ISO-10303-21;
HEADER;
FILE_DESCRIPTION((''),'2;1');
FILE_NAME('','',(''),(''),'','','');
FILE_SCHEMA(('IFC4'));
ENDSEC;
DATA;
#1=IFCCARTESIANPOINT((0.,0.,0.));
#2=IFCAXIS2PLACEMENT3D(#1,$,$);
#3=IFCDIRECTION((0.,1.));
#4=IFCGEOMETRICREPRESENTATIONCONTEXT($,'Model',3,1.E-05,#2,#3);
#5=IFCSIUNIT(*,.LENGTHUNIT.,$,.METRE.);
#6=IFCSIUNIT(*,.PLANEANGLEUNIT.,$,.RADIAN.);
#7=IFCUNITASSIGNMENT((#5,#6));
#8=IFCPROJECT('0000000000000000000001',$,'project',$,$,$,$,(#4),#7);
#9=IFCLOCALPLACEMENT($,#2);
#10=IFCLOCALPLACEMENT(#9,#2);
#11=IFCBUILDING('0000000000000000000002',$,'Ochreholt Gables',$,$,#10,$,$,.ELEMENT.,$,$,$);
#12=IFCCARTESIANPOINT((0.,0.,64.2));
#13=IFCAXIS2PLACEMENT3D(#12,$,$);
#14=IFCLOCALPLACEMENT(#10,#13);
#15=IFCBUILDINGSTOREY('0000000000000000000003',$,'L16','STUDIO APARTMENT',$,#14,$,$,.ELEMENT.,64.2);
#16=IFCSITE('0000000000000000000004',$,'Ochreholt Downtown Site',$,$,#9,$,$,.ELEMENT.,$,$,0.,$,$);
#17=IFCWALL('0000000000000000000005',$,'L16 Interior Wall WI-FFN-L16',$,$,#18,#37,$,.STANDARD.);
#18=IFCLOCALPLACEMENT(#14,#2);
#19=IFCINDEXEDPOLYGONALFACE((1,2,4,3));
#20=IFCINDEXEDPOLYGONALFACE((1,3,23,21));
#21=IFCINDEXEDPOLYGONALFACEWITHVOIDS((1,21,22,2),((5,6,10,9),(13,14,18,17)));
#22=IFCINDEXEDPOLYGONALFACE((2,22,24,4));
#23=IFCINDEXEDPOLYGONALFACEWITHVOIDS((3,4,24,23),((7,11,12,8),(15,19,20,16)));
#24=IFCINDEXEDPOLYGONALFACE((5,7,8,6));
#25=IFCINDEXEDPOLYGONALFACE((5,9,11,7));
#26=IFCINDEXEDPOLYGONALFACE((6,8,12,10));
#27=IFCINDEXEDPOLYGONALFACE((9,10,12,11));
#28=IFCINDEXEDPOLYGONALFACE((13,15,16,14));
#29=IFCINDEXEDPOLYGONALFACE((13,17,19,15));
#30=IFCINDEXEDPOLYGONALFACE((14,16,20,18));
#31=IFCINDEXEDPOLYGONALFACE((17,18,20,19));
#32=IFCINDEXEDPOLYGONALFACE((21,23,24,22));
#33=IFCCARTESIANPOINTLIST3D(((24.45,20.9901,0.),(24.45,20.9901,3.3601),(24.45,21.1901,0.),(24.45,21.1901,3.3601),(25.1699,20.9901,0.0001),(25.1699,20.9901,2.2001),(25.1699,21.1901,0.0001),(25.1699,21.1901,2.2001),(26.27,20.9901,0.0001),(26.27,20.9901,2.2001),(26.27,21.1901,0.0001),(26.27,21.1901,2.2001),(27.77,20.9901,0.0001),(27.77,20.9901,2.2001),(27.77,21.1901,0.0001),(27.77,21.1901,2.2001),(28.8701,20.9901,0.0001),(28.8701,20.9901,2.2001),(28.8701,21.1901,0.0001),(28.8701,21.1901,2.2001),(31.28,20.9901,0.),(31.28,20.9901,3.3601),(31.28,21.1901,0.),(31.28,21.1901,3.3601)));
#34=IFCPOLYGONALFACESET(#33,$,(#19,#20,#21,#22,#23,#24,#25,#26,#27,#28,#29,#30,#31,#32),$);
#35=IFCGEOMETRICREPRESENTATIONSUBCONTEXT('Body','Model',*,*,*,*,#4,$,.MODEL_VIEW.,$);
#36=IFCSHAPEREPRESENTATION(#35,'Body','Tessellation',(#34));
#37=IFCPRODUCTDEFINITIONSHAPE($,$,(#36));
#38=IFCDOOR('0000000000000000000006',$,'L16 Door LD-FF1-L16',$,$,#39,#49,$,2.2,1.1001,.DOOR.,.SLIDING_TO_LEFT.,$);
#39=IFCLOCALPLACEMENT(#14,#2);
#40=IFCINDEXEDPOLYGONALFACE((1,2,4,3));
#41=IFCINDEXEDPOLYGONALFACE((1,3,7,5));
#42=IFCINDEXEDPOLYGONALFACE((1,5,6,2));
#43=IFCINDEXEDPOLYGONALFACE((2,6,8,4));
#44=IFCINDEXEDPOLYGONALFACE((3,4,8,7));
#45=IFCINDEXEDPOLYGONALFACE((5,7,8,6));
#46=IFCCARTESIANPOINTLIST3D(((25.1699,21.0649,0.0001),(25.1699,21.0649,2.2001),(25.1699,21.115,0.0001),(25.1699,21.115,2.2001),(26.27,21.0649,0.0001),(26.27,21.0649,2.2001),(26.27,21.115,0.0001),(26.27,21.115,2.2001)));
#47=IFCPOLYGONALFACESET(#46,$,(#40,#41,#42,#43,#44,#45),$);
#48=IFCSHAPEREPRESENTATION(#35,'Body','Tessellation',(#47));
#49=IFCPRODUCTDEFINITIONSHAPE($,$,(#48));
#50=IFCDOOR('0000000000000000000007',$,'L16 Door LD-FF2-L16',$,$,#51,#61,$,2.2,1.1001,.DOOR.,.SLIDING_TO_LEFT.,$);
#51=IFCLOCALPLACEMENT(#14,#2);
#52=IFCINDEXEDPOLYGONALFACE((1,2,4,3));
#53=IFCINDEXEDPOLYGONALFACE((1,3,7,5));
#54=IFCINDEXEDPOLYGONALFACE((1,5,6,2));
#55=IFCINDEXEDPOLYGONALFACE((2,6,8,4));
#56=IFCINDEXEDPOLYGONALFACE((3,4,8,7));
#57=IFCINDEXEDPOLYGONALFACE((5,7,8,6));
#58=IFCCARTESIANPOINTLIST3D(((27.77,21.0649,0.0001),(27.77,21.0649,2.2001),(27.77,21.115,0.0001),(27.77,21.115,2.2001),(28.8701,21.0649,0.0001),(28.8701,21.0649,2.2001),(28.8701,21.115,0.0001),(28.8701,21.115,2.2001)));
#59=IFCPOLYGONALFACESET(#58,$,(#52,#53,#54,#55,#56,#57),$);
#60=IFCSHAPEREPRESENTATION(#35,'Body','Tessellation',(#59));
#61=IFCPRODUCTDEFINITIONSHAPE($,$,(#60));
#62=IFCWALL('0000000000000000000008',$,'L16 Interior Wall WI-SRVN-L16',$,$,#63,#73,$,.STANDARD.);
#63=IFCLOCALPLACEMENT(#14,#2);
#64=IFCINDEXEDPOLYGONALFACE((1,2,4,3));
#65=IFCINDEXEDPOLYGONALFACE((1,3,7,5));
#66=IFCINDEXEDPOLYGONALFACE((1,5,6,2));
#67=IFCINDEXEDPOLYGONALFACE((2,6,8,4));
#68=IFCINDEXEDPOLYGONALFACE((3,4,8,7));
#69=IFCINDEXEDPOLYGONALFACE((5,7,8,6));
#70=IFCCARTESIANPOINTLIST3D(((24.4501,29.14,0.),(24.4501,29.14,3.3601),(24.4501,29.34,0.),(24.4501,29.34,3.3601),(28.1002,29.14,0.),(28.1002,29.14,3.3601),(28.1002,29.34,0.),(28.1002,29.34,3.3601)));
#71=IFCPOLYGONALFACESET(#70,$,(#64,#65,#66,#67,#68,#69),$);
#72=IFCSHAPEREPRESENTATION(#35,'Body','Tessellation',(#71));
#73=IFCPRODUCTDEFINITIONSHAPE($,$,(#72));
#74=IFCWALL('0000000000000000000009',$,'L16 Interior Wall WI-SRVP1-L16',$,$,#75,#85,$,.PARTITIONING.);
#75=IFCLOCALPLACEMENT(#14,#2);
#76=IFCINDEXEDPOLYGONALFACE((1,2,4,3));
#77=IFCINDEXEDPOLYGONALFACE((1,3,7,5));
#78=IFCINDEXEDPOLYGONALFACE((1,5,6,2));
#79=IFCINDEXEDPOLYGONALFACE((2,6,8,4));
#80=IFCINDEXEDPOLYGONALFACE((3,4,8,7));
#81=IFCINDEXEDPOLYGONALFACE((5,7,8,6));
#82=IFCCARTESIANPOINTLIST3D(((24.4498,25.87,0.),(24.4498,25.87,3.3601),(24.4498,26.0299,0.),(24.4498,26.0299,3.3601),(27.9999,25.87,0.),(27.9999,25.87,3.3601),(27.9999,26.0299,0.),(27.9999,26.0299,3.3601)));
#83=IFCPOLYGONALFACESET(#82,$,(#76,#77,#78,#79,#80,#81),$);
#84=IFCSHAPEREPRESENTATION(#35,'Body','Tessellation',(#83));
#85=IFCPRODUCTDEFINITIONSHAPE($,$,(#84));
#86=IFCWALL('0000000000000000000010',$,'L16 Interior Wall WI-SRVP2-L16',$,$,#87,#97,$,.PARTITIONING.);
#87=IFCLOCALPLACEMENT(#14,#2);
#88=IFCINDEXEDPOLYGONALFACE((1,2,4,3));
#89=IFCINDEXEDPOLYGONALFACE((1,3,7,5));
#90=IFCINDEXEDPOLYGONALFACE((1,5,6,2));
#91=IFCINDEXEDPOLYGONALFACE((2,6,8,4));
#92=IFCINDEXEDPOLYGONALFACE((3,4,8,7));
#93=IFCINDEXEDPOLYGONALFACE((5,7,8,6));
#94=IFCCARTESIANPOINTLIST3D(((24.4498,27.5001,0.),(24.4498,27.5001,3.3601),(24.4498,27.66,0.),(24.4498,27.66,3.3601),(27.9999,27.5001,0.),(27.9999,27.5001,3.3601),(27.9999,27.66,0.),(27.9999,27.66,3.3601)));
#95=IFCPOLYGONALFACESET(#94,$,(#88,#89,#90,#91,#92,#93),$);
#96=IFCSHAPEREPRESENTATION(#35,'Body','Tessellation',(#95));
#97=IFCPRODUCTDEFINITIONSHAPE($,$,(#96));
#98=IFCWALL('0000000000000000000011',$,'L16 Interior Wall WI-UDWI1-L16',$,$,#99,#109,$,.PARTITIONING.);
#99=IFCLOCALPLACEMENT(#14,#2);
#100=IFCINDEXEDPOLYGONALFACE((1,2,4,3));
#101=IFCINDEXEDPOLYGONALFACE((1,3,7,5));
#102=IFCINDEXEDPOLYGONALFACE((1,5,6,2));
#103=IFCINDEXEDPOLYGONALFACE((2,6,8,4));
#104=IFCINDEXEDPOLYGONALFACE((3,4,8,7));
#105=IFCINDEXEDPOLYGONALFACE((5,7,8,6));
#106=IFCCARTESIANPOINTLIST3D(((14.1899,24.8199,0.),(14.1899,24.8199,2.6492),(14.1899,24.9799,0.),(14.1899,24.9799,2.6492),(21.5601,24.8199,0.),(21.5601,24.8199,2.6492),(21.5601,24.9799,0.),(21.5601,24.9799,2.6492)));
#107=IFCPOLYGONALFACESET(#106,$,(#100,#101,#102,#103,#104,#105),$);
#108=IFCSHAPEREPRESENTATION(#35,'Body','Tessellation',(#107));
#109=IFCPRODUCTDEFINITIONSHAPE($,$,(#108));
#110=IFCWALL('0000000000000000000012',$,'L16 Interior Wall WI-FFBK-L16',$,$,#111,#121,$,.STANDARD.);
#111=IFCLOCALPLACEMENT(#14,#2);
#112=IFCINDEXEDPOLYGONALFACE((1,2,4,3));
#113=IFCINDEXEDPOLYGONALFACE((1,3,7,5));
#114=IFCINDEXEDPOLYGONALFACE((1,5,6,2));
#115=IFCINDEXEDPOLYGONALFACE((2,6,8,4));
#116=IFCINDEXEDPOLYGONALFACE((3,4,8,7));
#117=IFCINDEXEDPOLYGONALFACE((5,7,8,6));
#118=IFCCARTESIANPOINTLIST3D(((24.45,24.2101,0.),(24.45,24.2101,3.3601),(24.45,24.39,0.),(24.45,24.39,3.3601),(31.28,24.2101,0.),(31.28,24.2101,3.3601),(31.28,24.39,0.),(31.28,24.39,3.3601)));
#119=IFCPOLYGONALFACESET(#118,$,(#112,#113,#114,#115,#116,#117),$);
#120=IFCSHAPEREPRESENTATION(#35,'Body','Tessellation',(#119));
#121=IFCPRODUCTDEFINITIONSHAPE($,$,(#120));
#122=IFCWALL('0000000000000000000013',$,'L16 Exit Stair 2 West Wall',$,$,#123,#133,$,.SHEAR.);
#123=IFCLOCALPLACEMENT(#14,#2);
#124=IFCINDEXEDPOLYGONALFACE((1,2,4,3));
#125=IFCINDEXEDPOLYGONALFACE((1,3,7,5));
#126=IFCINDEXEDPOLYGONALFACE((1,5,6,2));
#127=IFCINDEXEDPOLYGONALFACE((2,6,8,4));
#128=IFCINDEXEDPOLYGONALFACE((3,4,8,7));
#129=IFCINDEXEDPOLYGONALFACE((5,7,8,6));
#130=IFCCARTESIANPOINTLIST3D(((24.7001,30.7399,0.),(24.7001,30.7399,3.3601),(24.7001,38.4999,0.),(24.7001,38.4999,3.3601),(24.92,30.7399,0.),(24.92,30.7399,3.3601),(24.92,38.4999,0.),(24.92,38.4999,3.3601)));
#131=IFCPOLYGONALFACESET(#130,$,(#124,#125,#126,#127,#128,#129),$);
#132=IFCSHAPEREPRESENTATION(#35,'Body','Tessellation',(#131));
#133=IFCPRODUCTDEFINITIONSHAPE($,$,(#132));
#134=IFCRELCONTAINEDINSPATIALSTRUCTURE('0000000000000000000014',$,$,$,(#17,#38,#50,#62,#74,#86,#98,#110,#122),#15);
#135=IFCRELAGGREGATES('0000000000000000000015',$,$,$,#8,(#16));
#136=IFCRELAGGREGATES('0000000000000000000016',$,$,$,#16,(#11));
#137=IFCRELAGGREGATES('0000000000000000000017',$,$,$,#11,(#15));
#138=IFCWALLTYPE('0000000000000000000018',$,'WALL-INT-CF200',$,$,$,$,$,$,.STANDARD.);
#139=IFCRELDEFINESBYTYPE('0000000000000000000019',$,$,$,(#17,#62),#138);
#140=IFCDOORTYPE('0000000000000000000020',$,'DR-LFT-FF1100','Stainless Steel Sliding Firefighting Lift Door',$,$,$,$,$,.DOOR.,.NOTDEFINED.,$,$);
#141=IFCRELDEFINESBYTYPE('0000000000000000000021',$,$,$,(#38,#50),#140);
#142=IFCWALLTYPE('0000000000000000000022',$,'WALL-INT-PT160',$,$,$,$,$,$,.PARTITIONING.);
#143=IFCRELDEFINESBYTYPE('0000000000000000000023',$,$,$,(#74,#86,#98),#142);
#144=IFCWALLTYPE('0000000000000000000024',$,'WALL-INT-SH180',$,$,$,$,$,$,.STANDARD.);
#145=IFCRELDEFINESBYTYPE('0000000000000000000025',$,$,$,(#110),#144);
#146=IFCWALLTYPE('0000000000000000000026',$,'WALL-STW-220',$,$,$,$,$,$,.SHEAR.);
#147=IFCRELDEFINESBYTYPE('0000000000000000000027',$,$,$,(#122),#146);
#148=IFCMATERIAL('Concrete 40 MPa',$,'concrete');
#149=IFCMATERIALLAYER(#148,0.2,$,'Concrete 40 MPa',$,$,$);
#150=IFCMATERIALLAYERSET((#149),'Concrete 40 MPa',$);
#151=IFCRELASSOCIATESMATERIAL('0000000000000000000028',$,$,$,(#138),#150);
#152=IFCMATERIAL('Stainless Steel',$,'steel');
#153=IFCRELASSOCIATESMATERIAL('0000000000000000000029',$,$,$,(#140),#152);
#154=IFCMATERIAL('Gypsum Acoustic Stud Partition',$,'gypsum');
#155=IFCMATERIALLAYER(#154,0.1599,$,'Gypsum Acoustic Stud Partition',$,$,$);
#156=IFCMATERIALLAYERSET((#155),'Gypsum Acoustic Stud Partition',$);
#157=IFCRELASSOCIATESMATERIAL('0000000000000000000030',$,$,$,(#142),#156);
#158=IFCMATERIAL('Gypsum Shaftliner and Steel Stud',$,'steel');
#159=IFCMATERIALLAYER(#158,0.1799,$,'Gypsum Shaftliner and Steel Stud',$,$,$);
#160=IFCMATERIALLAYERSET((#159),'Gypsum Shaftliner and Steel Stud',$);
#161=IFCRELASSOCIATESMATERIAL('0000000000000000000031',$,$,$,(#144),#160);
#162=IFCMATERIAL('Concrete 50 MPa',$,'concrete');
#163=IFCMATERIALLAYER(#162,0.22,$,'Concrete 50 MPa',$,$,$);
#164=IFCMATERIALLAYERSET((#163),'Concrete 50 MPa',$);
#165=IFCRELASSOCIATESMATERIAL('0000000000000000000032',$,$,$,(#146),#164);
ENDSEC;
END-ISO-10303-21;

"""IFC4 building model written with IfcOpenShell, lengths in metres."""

from ifc_helpers import new_model, si_unit, direction, frame, frame_2d, origin, place, context, subcontext, project, spatial, rectangle, extrude, material, layer, layer_set, type_object, element, fill, save


model = new_model("IFC4")

# Units and contexts
model_context = context("Model", 3, precision=1e-05, world=origin(), true_north=direction((0.0, 1.0)))
body_context = subcontext(model_context, "Body", "Model", "MODEL_VIEW")
ifc_project = project(units=[si_unit("LENGTHUNIT", "METRE"), si_unit("PLANEANGLEUNIT", "RADIAN")], contexts=[model_context])

# Site, building, storey
site_placement = place(None, origin())
site = spatial("IfcSite", under=ifc_project, at=site_placement, Name="Ochreholt Downtown Site", CompositionType="ELEMENT", RefElevation=0.0)
building_placement = place(site_placement, origin())
building = spatial("IfcBuilding", under=site, at=building_placement, Name="Ochreholt Gables", CompositionType="ELEMENT")
storey_placement = place(building_placement, frame((0.0, 0.0, 64.2)))
storey = spatial("IfcBuildingStorey", under=building, at=storey_placement, Name="L16", Description="STUDIO APARTMENT", CompositionType="ELEMENT", Elevation=64.2)

# Wall, openings, doors
ifc_material_1 = material(Name="Concrete 40 MPa", Category="concrete")
ifc_layer_1 = layer(ifc_material_1, 0.2, Name="Concrete 40 MPa")
ifc_layer_set_1 = layer_set([ifc_layer_1], Name="Concrete 40 MPa")
wall_type_1 = type_object("IfcWallType", Name="WALL-INT-CF200", PredefinedType="STANDARD", material=ifc_layer_set_1)
wall_1_placement = place(storey_placement, frame((24.45, 21.0901, 0.0), z_axis=(0.0, 0.0, 1.0), x_axis=(1.0, 0.0, 0.0)))
wall_1 = element("IfcWall", 1, at=wall_1_placement, inside=storey, type_object=wall_type_1, Name="L16 Interior Wall WI-FFN-L16", PredefinedType="STANDARD", context=body_context, shape_type="SweptSolid", body=[
    extrude(rectangle(XDim=6.8301, YDim=0.2, at=frame_2d((3.415, 0.0))), origin(), (0.0, 0.0, 1.0), 3.3601),
])
opening_1_placement = place(wall_1_placement, frame((0.72, 0.0, 0.0)))
opening_1 = element("IfcOpeningElement", 2, at=opening_1_placement, cuts=wall_1, PredefinedType="OPENING", context=body_context, shape_type="SweptSolid", body=[
    extrude(rectangle(XDim=1.1001, YDim=2.2, at=frame_2d((0.55, 1.1001))), frame((0.0, 0.1099, 0.0), z_axis=(0.0, -1.0, 0.0), x_axis=(1.0, 0.0, 0.0)), (0.0, 0.0, 1.0), 0.22),
])
opening_2_placement = place(wall_1_placement, frame((3.3201, 0.0, 0.0)))
opening_2 = element("IfcOpeningElement", 3, at=opening_2_placement, cuts=wall_1, PredefinedType="OPENING", context=body_context, shape_type="SweptSolid", body=[
    extrude(rectangle(XDim=1.1001, YDim=2.2, at=frame_2d((0.55, 1.1001))), frame((0.0, 0.1099, 0.0), z_axis=(0.0, -1.0, 0.0), x_axis=(1.0, 0.0, 0.0)), (0.0, 0.0, 1.0), 0.22),
])
ifc_material_2 = material(Name="Stainless Steel", Category="steel")
door_type_1 = type_object("IfcDoorType", Name="DR-LFT-FF1100", Description="Stainless Steel Sliding Firefighting Lift Door", OperationType="NOTDEFINED", PredefinedType="DOOR", material=ifc_material_2)
door_1_placement = place(opening_1_placement, origin())
door_1 = element("IfcDoor", 4, at=door_1_placement, inside=storey, type_object=door_type_1, Name="L16 Door LD-FF1-L16", OperationType="SLIDING_TO_LEFT", OverallHeight=2.2, OverallWidth=1.1001, PredefinedType="DOOR", context=body_context, shape_type="SweptSolid", body=[
    extrude(rectangle(XDim=1.1001, YDim=2.2, at=frame_2d((0.55, 1.1001))), frame((0.0, 0.0249, 0.0), z_axis=(0.0, -1.0, 0.0), x_axis=(1.0, 0.0, 0.0)), (0.0, 0.0, 1.0), 0.05),
])
fill(opening_1, door_1)
door_2_placement = place(opening_2_placement, origin())
door_2 = element("IfcDoor", 5, at=door_2_placement, inside=storey, type_object=door_type_1, Name="L16 Door LD-FF2-L16", OperationType="SLIDING_TO_LEFT", OverallHeight=2.2, OverallWidth=1.1001, PredefinedType="DOOR", context=body_context, shape_type="SweptSolid", body=[
    extrude(rectangle(XDim=1.1001, YDim=2.2, at=frame_2d((0.55, 1.1001))), frame((0.0, 0.0249, 0.0), z_axis=(0.0, -1.0, 0.0), x_axis=(1.0, 0.0, 0.0)), (0.0, 0.0, 1.0), 0.05),
])
fill(opening_2, door_2)

# Walls
wall_2_placement = place(storey_placement, frame((24.45, 29.24, 0.0), z_axis=(0.0, 0.0, 1.0), x_axis=(1.0, 0.0, 0.0)))
element("IfcWall", 6, at=wall_2_placement, inside=storey, type_object=wall_type_1, Name="L16 Interior Wall WI-SRVN-L16", PredefinedType="STANDARD", context=body_context, shape_type="SweptSolid", body=[
    extrude(rectangle(XDim=3.6501, YDim=0.2, at=frame_2d((1.8252, 0.0))), origin(), (0.0, 0.0, 1.0), 3.3601),
])
ifc_material_3 = material(Name="Gypsum Acoustic Stud Partition", Category="gypsum")
ifc_layer_2 = layer(ifc_material_3, 0.1599, Name="Gypsum Acoustic Stud Partition")
ifc_layer_set_2 = layer_set([ifc_layer_2], Name="Gypsum Acoustic Stud Partition")
wall_type_2 = type_object("IfcWallType", Name="WALL-INT-PT160", PredefinedType="PARTITIONING", material=ifc_layer_set_2)
for number, where, z_axis, x_axis, name in (
    (7, (24.45, 25.95, 0.0), (0.0, 0.0, 1.0), (1.0, 0.0, 0.0), "L16 Interior Wall WI-SRVP1-L16"),
    (8, (24.45, 27.5801, 0.0), (0.0, 0.0, 1.0), (1.0, 0.0, 0.0), "L16 Interior Wall WI-SRVP2-L16"),
):
    element("IfcWall", number, at=place(storey_placement, frame(where, z_axis=z_axis, x_axis=x_axis)), inside=storey, type_object=wall_type_2, Name=name, PredefinedType="PARTITIONING", context=body_context, shape_type="SweptSolid", body=[
        extrude(rectangle(XDim=3.55, YDim=0.1599, at=frame_2d((1.7749, 0.0))), origin(), (0.0, 0.0, 1.0), 3.3601),
    ])
wall_3_placement = place(storey_placement, frame((14.1899, 24.8999, 0.0), z_axis=(0.0, 0.0, 1.0), x_axis=(1.0, 0.0, 0.0)))
element("IfcWall", 9, at=wall_3_placement, inside=storey, type_object=wall_type_2, Name="L16 Interior Wall WI-UDWI1-L16", PredefinedType="PARTITIONING", context=body_context, shape_type="SweptSolid", body=[
    extrude(rectangle(XDim=7.3701, YDim=0.1599, at=frame_2d((3.6851, 0.0))), origin(), (0.0, 0.0, 1.0), 2.6492),
])
ifc_material_4 = material(Name="Gypsum Shaftliner and Steel Stud", Category="steel")
ifc_layer_3 = layer(ifc_material_4, 0.1799, Name="Gypsum Shaftliner and Steel Stud")
ifc_layer_set_3 = layer_set([ifc_layer_3], Name="Gypsum Shaftliner and Steel Stud")
wall_type_3 = type_object("IfcWallType", Name="WALL-INT-SH180", PredefinedType="STANDARD", material=ifc_layer_set_3)
wall_4_placement = place(storey_placement, frame((24.45, 24.3, 0.0), z_axis=(0.0, 0.0, 1.0), x_axis=(1.0, 0.0, 0.0)))
element("IfcWall", 10, at=wall_4_placement, inside=storey, type_object=wall_type_3, Name="L16 Interior Wall WI-FFBK-L16", PredefinedType="STANDARD", context=body_context, shape_type="SweptSolid", body=[
    extrude(rectangle(XDim=6.8301, YDim=0.1799, at=frame_2d((3.415, 0.0))), origin(), (0.0, 0.0, 1.0), 3.3601),
])
ifc_material_5 = material(Name="Concrete 50 MPa", Category="concrete")
ifc_layer_4 = layer(ifc_material_5, 0.22, Name="Concrete 50 MPa")
ifc_layer_set_4 = layer_set([ifc_layer_4], Name="Concrete 50 MPa")
wall_type_4 = type_object("IfcWallType", Name="WALL-STW-220", PredefinedType="SHEAR", material=ifc_layer_set_4)
wall_5_placement = place(storey_placement, frame((24.8101, 30.74, 0.0), z_axis=(0.0, 0.0, 1.0), x_axis=(0.0, 1.0, 0.0)))
element("IfcWall", 11, at=wall_5_placement, inside=storey, type_object=wall_type_4, Name="L16 Exit Stair 2 West Wall", PredefinedType="SHEAR", context=body_context, shape_type="SweptSolid", body=[
    extrude(rectangle(XDim=7.76, YDim=0.22, at=frame_2d((3.8799, 0.0))), origin(), (0.0, 0.0, 1.0), 3.3601),
])

save(model, "model.ifc")
